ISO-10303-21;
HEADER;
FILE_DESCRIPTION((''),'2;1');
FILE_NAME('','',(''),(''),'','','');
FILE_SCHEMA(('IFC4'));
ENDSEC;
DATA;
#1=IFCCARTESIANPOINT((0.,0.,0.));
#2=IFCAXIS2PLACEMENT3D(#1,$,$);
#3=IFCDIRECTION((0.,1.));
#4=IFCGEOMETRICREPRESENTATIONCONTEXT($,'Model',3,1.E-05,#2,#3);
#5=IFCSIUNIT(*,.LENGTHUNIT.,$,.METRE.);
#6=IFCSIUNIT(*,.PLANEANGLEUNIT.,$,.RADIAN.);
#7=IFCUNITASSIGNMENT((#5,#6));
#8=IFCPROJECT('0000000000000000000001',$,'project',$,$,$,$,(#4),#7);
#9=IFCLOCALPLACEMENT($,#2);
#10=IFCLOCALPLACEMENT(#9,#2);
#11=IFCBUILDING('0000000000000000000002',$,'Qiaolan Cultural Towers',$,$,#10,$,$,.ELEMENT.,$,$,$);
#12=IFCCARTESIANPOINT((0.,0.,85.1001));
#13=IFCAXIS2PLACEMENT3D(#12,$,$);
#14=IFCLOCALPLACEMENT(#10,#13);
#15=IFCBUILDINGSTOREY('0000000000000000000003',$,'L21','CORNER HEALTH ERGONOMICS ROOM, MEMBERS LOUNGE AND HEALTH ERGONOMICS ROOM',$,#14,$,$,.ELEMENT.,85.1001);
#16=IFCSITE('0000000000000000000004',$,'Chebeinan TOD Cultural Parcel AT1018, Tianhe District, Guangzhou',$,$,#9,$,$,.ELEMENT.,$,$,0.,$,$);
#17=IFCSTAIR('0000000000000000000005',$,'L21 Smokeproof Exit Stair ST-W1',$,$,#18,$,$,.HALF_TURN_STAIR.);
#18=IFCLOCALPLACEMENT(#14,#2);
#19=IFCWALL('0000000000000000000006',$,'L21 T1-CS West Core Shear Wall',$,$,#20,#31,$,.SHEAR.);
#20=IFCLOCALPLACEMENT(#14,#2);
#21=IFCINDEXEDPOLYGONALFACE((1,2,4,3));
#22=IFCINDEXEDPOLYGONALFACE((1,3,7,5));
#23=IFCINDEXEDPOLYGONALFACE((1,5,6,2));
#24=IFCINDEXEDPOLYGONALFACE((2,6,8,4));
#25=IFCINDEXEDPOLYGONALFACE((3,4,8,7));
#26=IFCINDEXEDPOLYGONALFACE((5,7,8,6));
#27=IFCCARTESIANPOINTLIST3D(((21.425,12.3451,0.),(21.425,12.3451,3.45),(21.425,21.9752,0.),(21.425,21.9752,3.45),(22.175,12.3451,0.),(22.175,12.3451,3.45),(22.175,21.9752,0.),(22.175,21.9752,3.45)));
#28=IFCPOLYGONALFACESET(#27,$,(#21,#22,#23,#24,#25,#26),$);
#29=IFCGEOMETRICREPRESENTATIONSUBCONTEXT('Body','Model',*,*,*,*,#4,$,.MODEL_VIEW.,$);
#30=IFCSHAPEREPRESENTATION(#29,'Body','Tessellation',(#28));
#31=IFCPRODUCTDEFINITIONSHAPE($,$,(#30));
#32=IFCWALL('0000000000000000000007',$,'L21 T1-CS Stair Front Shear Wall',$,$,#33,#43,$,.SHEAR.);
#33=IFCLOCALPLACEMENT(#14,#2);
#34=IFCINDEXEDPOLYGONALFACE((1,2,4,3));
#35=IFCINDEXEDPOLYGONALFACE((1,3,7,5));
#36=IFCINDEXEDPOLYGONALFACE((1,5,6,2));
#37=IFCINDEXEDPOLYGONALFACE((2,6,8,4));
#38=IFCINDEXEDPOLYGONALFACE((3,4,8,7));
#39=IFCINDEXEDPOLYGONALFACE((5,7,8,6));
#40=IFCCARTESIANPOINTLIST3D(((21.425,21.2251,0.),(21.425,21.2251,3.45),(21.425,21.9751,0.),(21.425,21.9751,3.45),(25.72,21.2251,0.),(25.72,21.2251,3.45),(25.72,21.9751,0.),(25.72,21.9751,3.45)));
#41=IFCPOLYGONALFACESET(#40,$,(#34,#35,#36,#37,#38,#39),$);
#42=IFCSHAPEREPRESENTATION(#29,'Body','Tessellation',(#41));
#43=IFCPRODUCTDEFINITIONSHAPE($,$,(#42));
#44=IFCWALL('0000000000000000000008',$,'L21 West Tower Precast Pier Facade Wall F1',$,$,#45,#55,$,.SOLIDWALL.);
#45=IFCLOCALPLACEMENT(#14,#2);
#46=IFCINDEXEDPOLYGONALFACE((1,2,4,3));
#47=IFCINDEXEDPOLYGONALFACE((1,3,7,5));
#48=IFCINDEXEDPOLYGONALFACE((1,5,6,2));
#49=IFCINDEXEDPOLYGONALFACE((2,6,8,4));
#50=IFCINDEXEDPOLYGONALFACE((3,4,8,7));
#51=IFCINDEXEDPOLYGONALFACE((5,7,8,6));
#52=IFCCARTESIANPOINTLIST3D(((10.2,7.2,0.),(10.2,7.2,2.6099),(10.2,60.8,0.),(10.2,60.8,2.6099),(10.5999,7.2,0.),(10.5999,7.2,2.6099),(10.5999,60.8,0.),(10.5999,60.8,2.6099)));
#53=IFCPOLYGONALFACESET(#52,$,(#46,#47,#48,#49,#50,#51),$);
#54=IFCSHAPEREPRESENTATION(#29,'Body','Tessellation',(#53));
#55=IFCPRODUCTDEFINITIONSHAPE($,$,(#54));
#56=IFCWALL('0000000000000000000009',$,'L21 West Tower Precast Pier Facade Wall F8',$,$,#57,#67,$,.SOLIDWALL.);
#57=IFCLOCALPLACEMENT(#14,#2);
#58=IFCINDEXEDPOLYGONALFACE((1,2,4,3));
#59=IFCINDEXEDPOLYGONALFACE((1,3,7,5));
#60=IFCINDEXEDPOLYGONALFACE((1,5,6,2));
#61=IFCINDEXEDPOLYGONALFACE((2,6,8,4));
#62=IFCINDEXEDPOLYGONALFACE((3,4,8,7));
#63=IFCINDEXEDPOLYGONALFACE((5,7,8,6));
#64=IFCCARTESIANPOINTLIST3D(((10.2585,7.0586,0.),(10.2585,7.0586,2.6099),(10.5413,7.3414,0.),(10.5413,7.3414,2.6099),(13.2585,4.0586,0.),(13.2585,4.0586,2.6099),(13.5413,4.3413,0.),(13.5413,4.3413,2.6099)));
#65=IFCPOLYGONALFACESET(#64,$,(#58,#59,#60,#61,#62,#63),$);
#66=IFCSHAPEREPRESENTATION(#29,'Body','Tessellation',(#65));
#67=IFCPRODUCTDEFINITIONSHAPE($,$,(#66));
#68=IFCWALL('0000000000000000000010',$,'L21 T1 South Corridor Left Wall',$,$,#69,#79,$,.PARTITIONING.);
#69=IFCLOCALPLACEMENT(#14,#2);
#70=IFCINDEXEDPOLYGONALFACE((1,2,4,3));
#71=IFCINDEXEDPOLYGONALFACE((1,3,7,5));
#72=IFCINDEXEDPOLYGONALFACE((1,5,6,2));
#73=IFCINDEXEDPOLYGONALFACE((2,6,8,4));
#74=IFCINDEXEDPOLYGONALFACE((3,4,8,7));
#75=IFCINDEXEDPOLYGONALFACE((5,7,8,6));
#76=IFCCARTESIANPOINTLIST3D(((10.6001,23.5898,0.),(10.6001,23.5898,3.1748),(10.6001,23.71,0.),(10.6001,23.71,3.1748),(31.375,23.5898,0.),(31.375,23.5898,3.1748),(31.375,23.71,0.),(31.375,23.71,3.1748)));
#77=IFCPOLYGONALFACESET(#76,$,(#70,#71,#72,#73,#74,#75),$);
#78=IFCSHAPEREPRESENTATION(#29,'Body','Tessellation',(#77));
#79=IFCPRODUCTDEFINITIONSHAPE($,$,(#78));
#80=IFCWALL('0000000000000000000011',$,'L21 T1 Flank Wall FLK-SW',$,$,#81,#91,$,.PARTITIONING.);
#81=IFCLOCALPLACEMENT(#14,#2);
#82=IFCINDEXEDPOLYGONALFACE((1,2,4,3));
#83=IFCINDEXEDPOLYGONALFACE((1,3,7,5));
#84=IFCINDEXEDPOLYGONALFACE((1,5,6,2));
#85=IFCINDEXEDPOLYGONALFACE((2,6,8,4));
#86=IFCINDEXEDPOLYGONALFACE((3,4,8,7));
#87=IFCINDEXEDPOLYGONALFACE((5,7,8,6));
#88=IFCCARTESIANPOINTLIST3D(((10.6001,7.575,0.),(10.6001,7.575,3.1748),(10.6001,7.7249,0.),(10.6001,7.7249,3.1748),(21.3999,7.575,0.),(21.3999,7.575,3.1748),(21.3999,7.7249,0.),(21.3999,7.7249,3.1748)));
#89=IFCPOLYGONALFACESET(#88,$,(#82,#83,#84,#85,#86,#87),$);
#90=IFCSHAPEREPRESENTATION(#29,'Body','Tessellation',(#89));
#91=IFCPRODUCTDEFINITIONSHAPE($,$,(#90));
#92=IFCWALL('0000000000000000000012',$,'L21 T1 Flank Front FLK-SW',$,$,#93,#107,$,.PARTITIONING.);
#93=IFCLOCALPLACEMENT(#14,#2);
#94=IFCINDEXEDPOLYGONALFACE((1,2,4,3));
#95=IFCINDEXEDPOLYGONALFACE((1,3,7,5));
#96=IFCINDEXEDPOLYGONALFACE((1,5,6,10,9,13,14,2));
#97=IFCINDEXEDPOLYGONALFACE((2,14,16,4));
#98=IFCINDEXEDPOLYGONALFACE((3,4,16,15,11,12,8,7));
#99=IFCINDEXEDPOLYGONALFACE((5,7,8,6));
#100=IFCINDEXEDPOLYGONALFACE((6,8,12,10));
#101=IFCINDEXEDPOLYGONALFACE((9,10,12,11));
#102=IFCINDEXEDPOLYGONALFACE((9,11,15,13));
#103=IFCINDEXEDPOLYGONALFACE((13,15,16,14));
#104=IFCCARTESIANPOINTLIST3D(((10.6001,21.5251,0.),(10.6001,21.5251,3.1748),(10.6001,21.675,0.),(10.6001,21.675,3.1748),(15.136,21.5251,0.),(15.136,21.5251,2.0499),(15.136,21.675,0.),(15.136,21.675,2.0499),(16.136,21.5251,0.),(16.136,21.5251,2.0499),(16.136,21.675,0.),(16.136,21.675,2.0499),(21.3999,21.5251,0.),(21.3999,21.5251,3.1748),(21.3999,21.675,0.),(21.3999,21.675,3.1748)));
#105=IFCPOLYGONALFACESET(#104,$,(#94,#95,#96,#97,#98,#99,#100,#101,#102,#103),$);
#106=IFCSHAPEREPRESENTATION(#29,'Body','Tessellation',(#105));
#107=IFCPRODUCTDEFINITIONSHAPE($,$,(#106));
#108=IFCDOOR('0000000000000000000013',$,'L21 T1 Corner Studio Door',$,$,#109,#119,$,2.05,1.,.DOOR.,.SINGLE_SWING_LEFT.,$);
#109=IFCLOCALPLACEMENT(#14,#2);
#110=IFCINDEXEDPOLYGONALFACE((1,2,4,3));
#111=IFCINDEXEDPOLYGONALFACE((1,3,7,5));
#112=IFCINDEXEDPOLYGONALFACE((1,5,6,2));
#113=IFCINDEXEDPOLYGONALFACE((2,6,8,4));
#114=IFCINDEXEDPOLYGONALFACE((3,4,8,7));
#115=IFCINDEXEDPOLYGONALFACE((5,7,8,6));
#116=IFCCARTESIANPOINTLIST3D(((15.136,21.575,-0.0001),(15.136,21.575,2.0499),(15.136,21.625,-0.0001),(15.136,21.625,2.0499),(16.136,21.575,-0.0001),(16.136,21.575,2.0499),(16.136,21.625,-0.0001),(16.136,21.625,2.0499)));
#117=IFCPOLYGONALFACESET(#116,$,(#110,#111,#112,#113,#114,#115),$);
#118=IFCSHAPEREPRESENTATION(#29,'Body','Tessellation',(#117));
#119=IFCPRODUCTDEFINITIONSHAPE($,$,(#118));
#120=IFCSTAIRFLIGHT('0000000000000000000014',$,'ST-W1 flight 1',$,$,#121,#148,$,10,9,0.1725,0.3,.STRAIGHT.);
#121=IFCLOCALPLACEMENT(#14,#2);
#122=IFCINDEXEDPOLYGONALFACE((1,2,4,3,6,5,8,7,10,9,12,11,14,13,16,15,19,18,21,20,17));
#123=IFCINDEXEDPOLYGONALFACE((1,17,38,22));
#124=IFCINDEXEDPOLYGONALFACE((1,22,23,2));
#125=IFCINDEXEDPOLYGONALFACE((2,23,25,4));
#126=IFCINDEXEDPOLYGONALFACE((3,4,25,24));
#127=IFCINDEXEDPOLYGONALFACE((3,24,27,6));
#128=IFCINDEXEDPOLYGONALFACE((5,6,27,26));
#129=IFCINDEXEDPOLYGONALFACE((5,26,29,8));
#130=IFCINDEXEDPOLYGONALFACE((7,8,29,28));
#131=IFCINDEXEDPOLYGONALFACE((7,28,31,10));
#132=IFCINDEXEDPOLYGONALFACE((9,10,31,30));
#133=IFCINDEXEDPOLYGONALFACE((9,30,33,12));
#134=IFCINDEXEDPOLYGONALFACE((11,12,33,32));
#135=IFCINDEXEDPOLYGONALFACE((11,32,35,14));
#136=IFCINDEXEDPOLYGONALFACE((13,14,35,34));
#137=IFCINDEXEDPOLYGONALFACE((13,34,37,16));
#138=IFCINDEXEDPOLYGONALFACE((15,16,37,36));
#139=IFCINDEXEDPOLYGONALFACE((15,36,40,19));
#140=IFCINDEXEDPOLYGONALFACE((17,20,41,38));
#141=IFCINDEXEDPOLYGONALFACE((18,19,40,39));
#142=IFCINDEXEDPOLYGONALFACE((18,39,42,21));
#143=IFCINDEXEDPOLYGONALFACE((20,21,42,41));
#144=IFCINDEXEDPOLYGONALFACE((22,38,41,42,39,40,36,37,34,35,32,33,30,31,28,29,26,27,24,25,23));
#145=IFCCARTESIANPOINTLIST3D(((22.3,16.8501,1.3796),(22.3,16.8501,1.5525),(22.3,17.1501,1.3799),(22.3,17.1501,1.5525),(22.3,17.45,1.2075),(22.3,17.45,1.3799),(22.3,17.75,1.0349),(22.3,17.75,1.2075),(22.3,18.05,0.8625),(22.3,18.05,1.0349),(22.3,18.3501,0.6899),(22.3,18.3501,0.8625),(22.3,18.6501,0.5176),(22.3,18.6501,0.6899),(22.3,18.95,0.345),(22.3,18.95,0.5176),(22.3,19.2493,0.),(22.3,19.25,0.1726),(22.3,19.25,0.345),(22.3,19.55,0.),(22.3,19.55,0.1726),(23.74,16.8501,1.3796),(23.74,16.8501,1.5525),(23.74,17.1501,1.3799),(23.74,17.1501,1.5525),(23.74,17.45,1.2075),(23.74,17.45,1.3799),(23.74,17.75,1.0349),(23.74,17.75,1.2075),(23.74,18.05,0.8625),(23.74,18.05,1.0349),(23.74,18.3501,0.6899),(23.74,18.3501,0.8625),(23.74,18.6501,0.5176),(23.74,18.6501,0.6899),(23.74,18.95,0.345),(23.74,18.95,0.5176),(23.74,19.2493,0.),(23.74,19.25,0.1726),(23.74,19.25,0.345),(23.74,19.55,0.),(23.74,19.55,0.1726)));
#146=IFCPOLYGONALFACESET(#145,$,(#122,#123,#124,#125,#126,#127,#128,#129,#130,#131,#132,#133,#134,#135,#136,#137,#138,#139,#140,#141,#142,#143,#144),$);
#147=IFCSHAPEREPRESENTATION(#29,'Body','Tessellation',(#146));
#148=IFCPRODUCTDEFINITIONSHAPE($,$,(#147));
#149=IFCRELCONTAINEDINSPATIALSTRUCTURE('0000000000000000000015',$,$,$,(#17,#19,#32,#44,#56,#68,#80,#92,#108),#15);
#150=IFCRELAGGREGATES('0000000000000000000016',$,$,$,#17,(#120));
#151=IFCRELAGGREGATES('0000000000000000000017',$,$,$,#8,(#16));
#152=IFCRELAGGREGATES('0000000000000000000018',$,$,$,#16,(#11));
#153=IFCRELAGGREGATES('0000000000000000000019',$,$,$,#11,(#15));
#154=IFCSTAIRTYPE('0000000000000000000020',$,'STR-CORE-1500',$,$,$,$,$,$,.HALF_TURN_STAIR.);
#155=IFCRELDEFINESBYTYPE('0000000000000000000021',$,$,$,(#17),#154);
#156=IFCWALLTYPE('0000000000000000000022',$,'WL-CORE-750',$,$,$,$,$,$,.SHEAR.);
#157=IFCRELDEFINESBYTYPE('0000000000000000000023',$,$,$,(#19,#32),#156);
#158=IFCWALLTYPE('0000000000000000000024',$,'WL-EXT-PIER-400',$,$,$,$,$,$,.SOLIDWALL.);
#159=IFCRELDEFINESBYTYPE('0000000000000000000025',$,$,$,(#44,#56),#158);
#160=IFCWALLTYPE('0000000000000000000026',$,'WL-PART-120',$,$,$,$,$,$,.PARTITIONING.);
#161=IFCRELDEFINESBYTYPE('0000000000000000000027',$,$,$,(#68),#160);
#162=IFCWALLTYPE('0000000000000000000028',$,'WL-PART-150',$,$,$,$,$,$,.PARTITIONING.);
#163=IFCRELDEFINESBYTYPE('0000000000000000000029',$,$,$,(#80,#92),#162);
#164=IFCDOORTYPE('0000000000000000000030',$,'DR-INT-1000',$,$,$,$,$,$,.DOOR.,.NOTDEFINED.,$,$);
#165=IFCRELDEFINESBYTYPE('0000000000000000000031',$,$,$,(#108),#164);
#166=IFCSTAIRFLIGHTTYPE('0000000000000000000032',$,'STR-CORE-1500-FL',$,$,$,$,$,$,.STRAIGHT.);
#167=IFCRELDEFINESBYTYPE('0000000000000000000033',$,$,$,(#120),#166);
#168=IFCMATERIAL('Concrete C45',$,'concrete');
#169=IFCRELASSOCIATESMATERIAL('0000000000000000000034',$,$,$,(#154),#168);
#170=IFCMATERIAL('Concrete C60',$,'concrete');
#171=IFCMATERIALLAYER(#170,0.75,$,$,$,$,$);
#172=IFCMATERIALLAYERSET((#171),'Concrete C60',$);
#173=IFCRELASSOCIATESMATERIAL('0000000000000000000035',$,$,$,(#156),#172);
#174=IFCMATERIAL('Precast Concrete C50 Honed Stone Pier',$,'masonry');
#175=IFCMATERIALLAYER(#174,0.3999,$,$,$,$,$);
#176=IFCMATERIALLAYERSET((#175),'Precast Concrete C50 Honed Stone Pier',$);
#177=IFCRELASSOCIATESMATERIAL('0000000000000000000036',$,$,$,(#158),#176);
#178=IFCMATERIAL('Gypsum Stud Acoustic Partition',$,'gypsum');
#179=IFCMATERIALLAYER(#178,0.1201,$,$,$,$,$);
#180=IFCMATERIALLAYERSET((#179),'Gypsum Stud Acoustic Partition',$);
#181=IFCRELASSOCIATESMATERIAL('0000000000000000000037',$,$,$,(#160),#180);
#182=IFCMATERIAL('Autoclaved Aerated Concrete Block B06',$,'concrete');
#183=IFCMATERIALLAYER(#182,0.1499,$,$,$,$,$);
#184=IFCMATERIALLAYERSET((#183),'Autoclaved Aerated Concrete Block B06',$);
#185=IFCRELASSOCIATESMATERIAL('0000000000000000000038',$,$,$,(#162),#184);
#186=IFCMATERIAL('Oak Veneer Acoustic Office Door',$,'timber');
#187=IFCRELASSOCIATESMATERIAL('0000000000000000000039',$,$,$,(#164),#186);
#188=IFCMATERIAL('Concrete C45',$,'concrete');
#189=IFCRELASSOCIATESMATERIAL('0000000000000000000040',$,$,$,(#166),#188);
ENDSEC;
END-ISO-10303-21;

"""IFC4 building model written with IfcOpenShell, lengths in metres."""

from ifc_helpers import new_model, si_unit, direction, frame, frame_2d, origin, place, context, subcontext, project, spatial, polyline, rectangle, outline, extrude, material, layer, layer_set, type_object, element, fill, aggregate, save


model = new_model("IFC4")

# Units and contexts
model_context = context("Model", 3, precision=1e-05, world=origin(), true_north=direction((0.0, 1.0)))
body_context = subcontext(model_context, "Body", "Model", "MODEL_VIEW")
ifc_project = project(units=[si_unit("LENGTHUNIT", "METRE"), si_unit("PLANEANGLEUNIT", "RADIAN")], contexts=[model_context])

# Site, building, storey
site_placement = place(None, origin())
site = spatial("IfcSite", under=ifc_project, at=site_placement, Name="Chebeinan TOD Cultural Parcel AT1018, Tianhe District, Guangzhou", CompositionType="ELEMENT", RefElevation=0.0)
building_placement = place(site_placement, origin())
building = spatial("IfcBuilding", under=site, at=building_placement, Name="Qiaolan Cultural Towers", CompositionType="ELEMENT")
storey_placement = place(building_placement, frame((0.0, 0.0, 85.1001)))
storey = spatial("IfcBuildingStorey", under=building, at=storey_placement, Name="L21", Description="CORNER HEALTH ERGONOMICS ROOM, MEMBERS LOUNGE AND HEALTH ERGONOMICS ROOM", CompositionType="ELEMENT", Elevation=85.1001)

# Stair
ifc_material_1 = material(Name="Concrete C45", Category="concrete")
stair_type = type_object("IfcStairType", Name="STR-CORE-1500", PredefinedType="HALF_TURN_STAIR", material=ifc_material_1)
stair_1_placement = place(storey_placement, origin())
stair_1 = element("IfcStair", 1, at=stair_1_placement, inside=storey, type_object=stair_type, Name="L21 Smokeproof Exit Stair ST-W1", PredefinedType="HALF_TURN_STAIR")

# Walls
ifc_material_2 = material(Name="Concrete C60", Category="concrete")
ifc_layer_1 = layer(ifc_material_2, 0.75)
ifc_layer_set_1 = layer_set([ifc_layer_1], Name="Concrete C60")
wall_type_1 = type_object("IfcWallType", Name="WL-CORE-750", PredefinedType="SHEAR", material=ifc_layer_set_1)
wall_1_placement = place(storey_placement, frame((21.8, 21.9751, 0.0), z_axis=(0.0, 0.0, 1.0), x_axis=(0.0, -1.0, 0.0)))
element("IfcWall", 2, at=wall_1_placement, inside=storey, type_object=wall_type_1, Name="L21 T1-CS West Core Shear Wall", PredefinedType="SHEAR", context=body_context, shape_type="SweptSolid", body=[
    extrude(rectangle(XDim=9.6301, YDim=0.75, at=frame_2d((4.8149, 0.0))), origin(), (0.0, 0.0, 1.0), 3.45),
])
wall_2_placement = place(storey_placement, frame((21.425, 21.6001, 0.0), z_axis=(0.0, 0.0, 1.0), x_axis=(1.0, 0.0, 0.0)))
element("IfcWall", 3, at=wall_2_placement, inside=storey, type_object=wall_type_1, Name="L21 T1-CS Stair Front Shear Wall", PredefinedType="SHEAR", context=body_context, shape_type="SweptSolid", body=[
    extrude(rectangle(XDim=4.2949, YDim=0.75, at=frame_2d((2.1475, 0.0))), origin(), (0.0, 0.0, 1.0), 3.45),
])
ifc_material_3 = material(Name="Precast Concrete C50 Honed Stone Pier", Category="masonry")
ifc_layer_2 = layer(ifc_material_3, 0.3999)
ifc_layer_set_2 = layer_set([ifc_layer_2], Name="Precast Concrete C50 Honed Stone Pier")
wall_type_2 = type_object("IfcWallType", Name="WL-EXT-PIER-400", PredefinedType="SOLIDWALL", material=ifc_layer_set_2)
wall_3_placement = place(storey_placement, frame((10.3999, 7.2, 0.0), z_axis=(0.0, 0.0, 1.0), x_axis=(0.0, 1.0, 0.0)))
element("IfcWall", 4, at=wall_3_placement, inside=storey, type_object=wall_type_2, Name="L21 West Tower Precast Pier Facade Wall F1", PredefinedType="SOLIDWALL", context=body_context, shape_type="SweptSolid", body=[
    extrude(rectangle(XDim=53.6001, YDim=0.3999, at=frame_2d((26.8, 0.0))), origin(), (0.0, 0.0, 1.0), 2.6099),
])
wall_4_placement = place(storey_placement, frame((13.3999, 4.2, 0.0), z_axis=(0.0, 0.0, 1.0), x_axis=(-0.707107, 0.707107, 0.0)))
element("IfcWall", 5, at=wall_4_placement, inside=storey, type_object=wall_type_2, Name="L21 West Tower Precast Pier Facade Wall F8", PredefinedType="SOLIDWALL", context=body_context, shape_type="SweptSolid", body=[
    extrude(rectangle(XDim=4.2427, YDim=0.3999, at=frame_2d((2.1213, 0.0))), origin(), (0.0, 0.0, 1.0), 2.6099),
])
ifc_material_4 = material(Name="Gypsum Stud Acoustic Partition", Category="gypsum")
ifc_layer_3 = layer(ifc_material_4, 0.1201)
ifc_layer_set_3 = layer_set([ifc_layer_3], Name="Gypsum Stud Acoustic Partition")
wall_type_3 = type_object("IfcWallType", Name="WL-PART-120", PredefinedType="PARTITIONING", material=ifc_layer_set_3)
wall_5_placement = place(storey_placement, frame((10.6001, 23.6499, 0.0), z_axis=(0.0, 0.0, 1.0), x_axis=(1.0, 0.0, 0.0)))
element("IfcWall", 6, at=wall_5_placement, inside=storey, type_object=wall_type_3, Name="L21 T1 South Corridor Left Wall", PredefinedType="PARTITIONING", context=body_context, shape_type="SweptSolid", body=[
    extrude(rectangle(XDim=20.7749, YDim=0.1201, at=frame_2d((10.3875, 0.0))), origin(), (0.0, 0.0, 1.0), 3.1748),
])
ifc_material_5 = material(Name="Autoclaved Aerated Concrete Block B06", Category="concrete")
ifc_layer_4 = layer(ifc_material_5, 0.1499)
ifc_layer_set_4 = layer_set([ifc_layer_4], Name="Autoclaved Aerated Concrete Block B06")
wall_type_4 = type_object("IfcWallType", Name="WL-PART-150", PredefinedType="PARTITIONING", material=ifc_layer_set_4)
wall_6_placement = place(storey_placement, frame((10.6001, 7.6499, 0.0), z_axis=(0.0, 0.0, 1.0), x_axis=(1.0, 0.0, 0.0)))
element("IfcWall", 7, at=wall_6_placement, inside=storey, type_object=wall_type_4, Name="L21 T1 Flank Wall FLK-SW", PredefinedType="PARTITIONING", context=body_context, shape_type="SweptSolid", body=[
    extrude(rectangle(XDim=10.7998, YDim=0.1499, at=frame_2d((5.3999, 0.0))), origin(), (0.0, 0.0, 1.0), 3.1748),
])

# Wall, opening, door
wall_7_placement = place(storey_placement, frame((10.6001, 21.6001, 0.0), z_axis=(0.0, 0.0, 1.0), x_axis=(1.0, 0.0, 0.0)))
wall_7 = element("IfcWall", 8, at=wall_7_placement, inside=storey, type_object=wall_type_4, Name="L21 T1 Flank Front FLK-SW", PredefinedType="PARTITIONING", context=body_context, shape_type="SweptSolid", body=[
    extrude(rectangle(XDim=10.7998, YDim=0.1499, at=frame_2d((5.3999, 0.0))), origin(), (0.0, 0.0, 1.0), 3.1748),
])
opening_placement = place(wall_7_placement, frame((4.5359, 0.0, 0.0)))
opening = element("IfcOpeningElement", 9, at=opening_placement, cuts=wall_7, PredefinedType="OPENING", context=body_context, shape_type="SweptSolid", body=[
    extrude(rectangle(XDim=1.0, YDim=2.05, at=frame_2d((0.5, 1.0249))), frame((0.0, 0.085, 0.0), z_axis=(0.0, -1.0, 0.0), x_axis=(1.0, 0.0, 0.0)), (0.0, 0.0, 1.0), 0.1699),
])
ifc_material_6 = material(Name="Oak Veneer Acoustic Office Door", Category="timber")
door_type = type_object("IfcDoorType", Name="DR-INT-1000", OperationType="NOTDEFINED", PredefinedType="DOOR", material=ifc_material_6)
door_placement = place(opening_placement, origin())
door = element("IfcDoor", 10, at=door_placement, inside=storey, type_object=door_type, Name="L21 T1 Corner Studio Door", OperationType="SINGLE_SWING_LEFT", OverallHeight=2.05, OverallWidth=1.0, PredefinedType="DOOR", context=body_context, shape_type="SweptSolid", body=[
    extrude(rectangle(XDim=1.0, YDim=2.05, at=frame_2d((0.5, 1.0249))), frame((0.0, 0.0249, 0.0), z_axis=(0.0, -1.0, 0.0), x_axis=(1.0, 0.0, 0.0)), (0.0, 0.0, 1.0), 0.05),
])
fill(opening, door)

# Stair flight
ifc_material_7 = material(Name="Concrete C45", Category="concrete")
stair_flight_type = type_object("IfcStairFlightType", Name="STR-CORE-1500-FL", PredefinedType="STRAIGHT", material=ifc_material_7)
stair_flight_placement = place(storey_placement, frame((23.02, 19.55, 0.0), z_axis=(0.0, 0.0, 1.0), x_axis=(0.0, -1.0, 0.0)))
stair_flight = element("IfcStairFlight", 11, at=stair_flight_placement, type_object=stair_flight_type, Name="ST-W1 flight 1", NumberOfRisers=10, NumberOfTreads=9, PredefinedType="STRAIGHT", RiserHeight=0.1725, TreadLength=0.3, context=body_context, shape_type="SweptSolid", body=[
    extrude(outline(polyline([(0.0, 0.0), (0.0, 0.1726), (0.3, 0.1726), (0.3, 0.345), (0.6001, 0.345), (0.6001, 0.5176), (0.8999, 0.5176), (0.8999, 0.6899), (1.2, 0.6899), (1.2, 0.8625), (1.5, 0.8625), (1.5, 1.0349), (1.8, 1.0349), (1.8, 1.2075), (2.1001, 1.2075), (2.1001, 1.3799), (2.3999, 1.3799), (2.3999, 1.5525), (2.7, 1.5525), (2.7, 1.7251), (2.7, 1.3796), (0.3008, 0.0), (0.0, 0.0)])), frame((0.0, 0.72, 0.0), z_axis=(0.0, -1.0, 0.0), x_axis=(1.0, 0.0, 0.0)), (0.0, 0.0, 1.0), 1.4399),
])
aggregate(stair_1, [stair_flight])

save(model, "model.ifc")
